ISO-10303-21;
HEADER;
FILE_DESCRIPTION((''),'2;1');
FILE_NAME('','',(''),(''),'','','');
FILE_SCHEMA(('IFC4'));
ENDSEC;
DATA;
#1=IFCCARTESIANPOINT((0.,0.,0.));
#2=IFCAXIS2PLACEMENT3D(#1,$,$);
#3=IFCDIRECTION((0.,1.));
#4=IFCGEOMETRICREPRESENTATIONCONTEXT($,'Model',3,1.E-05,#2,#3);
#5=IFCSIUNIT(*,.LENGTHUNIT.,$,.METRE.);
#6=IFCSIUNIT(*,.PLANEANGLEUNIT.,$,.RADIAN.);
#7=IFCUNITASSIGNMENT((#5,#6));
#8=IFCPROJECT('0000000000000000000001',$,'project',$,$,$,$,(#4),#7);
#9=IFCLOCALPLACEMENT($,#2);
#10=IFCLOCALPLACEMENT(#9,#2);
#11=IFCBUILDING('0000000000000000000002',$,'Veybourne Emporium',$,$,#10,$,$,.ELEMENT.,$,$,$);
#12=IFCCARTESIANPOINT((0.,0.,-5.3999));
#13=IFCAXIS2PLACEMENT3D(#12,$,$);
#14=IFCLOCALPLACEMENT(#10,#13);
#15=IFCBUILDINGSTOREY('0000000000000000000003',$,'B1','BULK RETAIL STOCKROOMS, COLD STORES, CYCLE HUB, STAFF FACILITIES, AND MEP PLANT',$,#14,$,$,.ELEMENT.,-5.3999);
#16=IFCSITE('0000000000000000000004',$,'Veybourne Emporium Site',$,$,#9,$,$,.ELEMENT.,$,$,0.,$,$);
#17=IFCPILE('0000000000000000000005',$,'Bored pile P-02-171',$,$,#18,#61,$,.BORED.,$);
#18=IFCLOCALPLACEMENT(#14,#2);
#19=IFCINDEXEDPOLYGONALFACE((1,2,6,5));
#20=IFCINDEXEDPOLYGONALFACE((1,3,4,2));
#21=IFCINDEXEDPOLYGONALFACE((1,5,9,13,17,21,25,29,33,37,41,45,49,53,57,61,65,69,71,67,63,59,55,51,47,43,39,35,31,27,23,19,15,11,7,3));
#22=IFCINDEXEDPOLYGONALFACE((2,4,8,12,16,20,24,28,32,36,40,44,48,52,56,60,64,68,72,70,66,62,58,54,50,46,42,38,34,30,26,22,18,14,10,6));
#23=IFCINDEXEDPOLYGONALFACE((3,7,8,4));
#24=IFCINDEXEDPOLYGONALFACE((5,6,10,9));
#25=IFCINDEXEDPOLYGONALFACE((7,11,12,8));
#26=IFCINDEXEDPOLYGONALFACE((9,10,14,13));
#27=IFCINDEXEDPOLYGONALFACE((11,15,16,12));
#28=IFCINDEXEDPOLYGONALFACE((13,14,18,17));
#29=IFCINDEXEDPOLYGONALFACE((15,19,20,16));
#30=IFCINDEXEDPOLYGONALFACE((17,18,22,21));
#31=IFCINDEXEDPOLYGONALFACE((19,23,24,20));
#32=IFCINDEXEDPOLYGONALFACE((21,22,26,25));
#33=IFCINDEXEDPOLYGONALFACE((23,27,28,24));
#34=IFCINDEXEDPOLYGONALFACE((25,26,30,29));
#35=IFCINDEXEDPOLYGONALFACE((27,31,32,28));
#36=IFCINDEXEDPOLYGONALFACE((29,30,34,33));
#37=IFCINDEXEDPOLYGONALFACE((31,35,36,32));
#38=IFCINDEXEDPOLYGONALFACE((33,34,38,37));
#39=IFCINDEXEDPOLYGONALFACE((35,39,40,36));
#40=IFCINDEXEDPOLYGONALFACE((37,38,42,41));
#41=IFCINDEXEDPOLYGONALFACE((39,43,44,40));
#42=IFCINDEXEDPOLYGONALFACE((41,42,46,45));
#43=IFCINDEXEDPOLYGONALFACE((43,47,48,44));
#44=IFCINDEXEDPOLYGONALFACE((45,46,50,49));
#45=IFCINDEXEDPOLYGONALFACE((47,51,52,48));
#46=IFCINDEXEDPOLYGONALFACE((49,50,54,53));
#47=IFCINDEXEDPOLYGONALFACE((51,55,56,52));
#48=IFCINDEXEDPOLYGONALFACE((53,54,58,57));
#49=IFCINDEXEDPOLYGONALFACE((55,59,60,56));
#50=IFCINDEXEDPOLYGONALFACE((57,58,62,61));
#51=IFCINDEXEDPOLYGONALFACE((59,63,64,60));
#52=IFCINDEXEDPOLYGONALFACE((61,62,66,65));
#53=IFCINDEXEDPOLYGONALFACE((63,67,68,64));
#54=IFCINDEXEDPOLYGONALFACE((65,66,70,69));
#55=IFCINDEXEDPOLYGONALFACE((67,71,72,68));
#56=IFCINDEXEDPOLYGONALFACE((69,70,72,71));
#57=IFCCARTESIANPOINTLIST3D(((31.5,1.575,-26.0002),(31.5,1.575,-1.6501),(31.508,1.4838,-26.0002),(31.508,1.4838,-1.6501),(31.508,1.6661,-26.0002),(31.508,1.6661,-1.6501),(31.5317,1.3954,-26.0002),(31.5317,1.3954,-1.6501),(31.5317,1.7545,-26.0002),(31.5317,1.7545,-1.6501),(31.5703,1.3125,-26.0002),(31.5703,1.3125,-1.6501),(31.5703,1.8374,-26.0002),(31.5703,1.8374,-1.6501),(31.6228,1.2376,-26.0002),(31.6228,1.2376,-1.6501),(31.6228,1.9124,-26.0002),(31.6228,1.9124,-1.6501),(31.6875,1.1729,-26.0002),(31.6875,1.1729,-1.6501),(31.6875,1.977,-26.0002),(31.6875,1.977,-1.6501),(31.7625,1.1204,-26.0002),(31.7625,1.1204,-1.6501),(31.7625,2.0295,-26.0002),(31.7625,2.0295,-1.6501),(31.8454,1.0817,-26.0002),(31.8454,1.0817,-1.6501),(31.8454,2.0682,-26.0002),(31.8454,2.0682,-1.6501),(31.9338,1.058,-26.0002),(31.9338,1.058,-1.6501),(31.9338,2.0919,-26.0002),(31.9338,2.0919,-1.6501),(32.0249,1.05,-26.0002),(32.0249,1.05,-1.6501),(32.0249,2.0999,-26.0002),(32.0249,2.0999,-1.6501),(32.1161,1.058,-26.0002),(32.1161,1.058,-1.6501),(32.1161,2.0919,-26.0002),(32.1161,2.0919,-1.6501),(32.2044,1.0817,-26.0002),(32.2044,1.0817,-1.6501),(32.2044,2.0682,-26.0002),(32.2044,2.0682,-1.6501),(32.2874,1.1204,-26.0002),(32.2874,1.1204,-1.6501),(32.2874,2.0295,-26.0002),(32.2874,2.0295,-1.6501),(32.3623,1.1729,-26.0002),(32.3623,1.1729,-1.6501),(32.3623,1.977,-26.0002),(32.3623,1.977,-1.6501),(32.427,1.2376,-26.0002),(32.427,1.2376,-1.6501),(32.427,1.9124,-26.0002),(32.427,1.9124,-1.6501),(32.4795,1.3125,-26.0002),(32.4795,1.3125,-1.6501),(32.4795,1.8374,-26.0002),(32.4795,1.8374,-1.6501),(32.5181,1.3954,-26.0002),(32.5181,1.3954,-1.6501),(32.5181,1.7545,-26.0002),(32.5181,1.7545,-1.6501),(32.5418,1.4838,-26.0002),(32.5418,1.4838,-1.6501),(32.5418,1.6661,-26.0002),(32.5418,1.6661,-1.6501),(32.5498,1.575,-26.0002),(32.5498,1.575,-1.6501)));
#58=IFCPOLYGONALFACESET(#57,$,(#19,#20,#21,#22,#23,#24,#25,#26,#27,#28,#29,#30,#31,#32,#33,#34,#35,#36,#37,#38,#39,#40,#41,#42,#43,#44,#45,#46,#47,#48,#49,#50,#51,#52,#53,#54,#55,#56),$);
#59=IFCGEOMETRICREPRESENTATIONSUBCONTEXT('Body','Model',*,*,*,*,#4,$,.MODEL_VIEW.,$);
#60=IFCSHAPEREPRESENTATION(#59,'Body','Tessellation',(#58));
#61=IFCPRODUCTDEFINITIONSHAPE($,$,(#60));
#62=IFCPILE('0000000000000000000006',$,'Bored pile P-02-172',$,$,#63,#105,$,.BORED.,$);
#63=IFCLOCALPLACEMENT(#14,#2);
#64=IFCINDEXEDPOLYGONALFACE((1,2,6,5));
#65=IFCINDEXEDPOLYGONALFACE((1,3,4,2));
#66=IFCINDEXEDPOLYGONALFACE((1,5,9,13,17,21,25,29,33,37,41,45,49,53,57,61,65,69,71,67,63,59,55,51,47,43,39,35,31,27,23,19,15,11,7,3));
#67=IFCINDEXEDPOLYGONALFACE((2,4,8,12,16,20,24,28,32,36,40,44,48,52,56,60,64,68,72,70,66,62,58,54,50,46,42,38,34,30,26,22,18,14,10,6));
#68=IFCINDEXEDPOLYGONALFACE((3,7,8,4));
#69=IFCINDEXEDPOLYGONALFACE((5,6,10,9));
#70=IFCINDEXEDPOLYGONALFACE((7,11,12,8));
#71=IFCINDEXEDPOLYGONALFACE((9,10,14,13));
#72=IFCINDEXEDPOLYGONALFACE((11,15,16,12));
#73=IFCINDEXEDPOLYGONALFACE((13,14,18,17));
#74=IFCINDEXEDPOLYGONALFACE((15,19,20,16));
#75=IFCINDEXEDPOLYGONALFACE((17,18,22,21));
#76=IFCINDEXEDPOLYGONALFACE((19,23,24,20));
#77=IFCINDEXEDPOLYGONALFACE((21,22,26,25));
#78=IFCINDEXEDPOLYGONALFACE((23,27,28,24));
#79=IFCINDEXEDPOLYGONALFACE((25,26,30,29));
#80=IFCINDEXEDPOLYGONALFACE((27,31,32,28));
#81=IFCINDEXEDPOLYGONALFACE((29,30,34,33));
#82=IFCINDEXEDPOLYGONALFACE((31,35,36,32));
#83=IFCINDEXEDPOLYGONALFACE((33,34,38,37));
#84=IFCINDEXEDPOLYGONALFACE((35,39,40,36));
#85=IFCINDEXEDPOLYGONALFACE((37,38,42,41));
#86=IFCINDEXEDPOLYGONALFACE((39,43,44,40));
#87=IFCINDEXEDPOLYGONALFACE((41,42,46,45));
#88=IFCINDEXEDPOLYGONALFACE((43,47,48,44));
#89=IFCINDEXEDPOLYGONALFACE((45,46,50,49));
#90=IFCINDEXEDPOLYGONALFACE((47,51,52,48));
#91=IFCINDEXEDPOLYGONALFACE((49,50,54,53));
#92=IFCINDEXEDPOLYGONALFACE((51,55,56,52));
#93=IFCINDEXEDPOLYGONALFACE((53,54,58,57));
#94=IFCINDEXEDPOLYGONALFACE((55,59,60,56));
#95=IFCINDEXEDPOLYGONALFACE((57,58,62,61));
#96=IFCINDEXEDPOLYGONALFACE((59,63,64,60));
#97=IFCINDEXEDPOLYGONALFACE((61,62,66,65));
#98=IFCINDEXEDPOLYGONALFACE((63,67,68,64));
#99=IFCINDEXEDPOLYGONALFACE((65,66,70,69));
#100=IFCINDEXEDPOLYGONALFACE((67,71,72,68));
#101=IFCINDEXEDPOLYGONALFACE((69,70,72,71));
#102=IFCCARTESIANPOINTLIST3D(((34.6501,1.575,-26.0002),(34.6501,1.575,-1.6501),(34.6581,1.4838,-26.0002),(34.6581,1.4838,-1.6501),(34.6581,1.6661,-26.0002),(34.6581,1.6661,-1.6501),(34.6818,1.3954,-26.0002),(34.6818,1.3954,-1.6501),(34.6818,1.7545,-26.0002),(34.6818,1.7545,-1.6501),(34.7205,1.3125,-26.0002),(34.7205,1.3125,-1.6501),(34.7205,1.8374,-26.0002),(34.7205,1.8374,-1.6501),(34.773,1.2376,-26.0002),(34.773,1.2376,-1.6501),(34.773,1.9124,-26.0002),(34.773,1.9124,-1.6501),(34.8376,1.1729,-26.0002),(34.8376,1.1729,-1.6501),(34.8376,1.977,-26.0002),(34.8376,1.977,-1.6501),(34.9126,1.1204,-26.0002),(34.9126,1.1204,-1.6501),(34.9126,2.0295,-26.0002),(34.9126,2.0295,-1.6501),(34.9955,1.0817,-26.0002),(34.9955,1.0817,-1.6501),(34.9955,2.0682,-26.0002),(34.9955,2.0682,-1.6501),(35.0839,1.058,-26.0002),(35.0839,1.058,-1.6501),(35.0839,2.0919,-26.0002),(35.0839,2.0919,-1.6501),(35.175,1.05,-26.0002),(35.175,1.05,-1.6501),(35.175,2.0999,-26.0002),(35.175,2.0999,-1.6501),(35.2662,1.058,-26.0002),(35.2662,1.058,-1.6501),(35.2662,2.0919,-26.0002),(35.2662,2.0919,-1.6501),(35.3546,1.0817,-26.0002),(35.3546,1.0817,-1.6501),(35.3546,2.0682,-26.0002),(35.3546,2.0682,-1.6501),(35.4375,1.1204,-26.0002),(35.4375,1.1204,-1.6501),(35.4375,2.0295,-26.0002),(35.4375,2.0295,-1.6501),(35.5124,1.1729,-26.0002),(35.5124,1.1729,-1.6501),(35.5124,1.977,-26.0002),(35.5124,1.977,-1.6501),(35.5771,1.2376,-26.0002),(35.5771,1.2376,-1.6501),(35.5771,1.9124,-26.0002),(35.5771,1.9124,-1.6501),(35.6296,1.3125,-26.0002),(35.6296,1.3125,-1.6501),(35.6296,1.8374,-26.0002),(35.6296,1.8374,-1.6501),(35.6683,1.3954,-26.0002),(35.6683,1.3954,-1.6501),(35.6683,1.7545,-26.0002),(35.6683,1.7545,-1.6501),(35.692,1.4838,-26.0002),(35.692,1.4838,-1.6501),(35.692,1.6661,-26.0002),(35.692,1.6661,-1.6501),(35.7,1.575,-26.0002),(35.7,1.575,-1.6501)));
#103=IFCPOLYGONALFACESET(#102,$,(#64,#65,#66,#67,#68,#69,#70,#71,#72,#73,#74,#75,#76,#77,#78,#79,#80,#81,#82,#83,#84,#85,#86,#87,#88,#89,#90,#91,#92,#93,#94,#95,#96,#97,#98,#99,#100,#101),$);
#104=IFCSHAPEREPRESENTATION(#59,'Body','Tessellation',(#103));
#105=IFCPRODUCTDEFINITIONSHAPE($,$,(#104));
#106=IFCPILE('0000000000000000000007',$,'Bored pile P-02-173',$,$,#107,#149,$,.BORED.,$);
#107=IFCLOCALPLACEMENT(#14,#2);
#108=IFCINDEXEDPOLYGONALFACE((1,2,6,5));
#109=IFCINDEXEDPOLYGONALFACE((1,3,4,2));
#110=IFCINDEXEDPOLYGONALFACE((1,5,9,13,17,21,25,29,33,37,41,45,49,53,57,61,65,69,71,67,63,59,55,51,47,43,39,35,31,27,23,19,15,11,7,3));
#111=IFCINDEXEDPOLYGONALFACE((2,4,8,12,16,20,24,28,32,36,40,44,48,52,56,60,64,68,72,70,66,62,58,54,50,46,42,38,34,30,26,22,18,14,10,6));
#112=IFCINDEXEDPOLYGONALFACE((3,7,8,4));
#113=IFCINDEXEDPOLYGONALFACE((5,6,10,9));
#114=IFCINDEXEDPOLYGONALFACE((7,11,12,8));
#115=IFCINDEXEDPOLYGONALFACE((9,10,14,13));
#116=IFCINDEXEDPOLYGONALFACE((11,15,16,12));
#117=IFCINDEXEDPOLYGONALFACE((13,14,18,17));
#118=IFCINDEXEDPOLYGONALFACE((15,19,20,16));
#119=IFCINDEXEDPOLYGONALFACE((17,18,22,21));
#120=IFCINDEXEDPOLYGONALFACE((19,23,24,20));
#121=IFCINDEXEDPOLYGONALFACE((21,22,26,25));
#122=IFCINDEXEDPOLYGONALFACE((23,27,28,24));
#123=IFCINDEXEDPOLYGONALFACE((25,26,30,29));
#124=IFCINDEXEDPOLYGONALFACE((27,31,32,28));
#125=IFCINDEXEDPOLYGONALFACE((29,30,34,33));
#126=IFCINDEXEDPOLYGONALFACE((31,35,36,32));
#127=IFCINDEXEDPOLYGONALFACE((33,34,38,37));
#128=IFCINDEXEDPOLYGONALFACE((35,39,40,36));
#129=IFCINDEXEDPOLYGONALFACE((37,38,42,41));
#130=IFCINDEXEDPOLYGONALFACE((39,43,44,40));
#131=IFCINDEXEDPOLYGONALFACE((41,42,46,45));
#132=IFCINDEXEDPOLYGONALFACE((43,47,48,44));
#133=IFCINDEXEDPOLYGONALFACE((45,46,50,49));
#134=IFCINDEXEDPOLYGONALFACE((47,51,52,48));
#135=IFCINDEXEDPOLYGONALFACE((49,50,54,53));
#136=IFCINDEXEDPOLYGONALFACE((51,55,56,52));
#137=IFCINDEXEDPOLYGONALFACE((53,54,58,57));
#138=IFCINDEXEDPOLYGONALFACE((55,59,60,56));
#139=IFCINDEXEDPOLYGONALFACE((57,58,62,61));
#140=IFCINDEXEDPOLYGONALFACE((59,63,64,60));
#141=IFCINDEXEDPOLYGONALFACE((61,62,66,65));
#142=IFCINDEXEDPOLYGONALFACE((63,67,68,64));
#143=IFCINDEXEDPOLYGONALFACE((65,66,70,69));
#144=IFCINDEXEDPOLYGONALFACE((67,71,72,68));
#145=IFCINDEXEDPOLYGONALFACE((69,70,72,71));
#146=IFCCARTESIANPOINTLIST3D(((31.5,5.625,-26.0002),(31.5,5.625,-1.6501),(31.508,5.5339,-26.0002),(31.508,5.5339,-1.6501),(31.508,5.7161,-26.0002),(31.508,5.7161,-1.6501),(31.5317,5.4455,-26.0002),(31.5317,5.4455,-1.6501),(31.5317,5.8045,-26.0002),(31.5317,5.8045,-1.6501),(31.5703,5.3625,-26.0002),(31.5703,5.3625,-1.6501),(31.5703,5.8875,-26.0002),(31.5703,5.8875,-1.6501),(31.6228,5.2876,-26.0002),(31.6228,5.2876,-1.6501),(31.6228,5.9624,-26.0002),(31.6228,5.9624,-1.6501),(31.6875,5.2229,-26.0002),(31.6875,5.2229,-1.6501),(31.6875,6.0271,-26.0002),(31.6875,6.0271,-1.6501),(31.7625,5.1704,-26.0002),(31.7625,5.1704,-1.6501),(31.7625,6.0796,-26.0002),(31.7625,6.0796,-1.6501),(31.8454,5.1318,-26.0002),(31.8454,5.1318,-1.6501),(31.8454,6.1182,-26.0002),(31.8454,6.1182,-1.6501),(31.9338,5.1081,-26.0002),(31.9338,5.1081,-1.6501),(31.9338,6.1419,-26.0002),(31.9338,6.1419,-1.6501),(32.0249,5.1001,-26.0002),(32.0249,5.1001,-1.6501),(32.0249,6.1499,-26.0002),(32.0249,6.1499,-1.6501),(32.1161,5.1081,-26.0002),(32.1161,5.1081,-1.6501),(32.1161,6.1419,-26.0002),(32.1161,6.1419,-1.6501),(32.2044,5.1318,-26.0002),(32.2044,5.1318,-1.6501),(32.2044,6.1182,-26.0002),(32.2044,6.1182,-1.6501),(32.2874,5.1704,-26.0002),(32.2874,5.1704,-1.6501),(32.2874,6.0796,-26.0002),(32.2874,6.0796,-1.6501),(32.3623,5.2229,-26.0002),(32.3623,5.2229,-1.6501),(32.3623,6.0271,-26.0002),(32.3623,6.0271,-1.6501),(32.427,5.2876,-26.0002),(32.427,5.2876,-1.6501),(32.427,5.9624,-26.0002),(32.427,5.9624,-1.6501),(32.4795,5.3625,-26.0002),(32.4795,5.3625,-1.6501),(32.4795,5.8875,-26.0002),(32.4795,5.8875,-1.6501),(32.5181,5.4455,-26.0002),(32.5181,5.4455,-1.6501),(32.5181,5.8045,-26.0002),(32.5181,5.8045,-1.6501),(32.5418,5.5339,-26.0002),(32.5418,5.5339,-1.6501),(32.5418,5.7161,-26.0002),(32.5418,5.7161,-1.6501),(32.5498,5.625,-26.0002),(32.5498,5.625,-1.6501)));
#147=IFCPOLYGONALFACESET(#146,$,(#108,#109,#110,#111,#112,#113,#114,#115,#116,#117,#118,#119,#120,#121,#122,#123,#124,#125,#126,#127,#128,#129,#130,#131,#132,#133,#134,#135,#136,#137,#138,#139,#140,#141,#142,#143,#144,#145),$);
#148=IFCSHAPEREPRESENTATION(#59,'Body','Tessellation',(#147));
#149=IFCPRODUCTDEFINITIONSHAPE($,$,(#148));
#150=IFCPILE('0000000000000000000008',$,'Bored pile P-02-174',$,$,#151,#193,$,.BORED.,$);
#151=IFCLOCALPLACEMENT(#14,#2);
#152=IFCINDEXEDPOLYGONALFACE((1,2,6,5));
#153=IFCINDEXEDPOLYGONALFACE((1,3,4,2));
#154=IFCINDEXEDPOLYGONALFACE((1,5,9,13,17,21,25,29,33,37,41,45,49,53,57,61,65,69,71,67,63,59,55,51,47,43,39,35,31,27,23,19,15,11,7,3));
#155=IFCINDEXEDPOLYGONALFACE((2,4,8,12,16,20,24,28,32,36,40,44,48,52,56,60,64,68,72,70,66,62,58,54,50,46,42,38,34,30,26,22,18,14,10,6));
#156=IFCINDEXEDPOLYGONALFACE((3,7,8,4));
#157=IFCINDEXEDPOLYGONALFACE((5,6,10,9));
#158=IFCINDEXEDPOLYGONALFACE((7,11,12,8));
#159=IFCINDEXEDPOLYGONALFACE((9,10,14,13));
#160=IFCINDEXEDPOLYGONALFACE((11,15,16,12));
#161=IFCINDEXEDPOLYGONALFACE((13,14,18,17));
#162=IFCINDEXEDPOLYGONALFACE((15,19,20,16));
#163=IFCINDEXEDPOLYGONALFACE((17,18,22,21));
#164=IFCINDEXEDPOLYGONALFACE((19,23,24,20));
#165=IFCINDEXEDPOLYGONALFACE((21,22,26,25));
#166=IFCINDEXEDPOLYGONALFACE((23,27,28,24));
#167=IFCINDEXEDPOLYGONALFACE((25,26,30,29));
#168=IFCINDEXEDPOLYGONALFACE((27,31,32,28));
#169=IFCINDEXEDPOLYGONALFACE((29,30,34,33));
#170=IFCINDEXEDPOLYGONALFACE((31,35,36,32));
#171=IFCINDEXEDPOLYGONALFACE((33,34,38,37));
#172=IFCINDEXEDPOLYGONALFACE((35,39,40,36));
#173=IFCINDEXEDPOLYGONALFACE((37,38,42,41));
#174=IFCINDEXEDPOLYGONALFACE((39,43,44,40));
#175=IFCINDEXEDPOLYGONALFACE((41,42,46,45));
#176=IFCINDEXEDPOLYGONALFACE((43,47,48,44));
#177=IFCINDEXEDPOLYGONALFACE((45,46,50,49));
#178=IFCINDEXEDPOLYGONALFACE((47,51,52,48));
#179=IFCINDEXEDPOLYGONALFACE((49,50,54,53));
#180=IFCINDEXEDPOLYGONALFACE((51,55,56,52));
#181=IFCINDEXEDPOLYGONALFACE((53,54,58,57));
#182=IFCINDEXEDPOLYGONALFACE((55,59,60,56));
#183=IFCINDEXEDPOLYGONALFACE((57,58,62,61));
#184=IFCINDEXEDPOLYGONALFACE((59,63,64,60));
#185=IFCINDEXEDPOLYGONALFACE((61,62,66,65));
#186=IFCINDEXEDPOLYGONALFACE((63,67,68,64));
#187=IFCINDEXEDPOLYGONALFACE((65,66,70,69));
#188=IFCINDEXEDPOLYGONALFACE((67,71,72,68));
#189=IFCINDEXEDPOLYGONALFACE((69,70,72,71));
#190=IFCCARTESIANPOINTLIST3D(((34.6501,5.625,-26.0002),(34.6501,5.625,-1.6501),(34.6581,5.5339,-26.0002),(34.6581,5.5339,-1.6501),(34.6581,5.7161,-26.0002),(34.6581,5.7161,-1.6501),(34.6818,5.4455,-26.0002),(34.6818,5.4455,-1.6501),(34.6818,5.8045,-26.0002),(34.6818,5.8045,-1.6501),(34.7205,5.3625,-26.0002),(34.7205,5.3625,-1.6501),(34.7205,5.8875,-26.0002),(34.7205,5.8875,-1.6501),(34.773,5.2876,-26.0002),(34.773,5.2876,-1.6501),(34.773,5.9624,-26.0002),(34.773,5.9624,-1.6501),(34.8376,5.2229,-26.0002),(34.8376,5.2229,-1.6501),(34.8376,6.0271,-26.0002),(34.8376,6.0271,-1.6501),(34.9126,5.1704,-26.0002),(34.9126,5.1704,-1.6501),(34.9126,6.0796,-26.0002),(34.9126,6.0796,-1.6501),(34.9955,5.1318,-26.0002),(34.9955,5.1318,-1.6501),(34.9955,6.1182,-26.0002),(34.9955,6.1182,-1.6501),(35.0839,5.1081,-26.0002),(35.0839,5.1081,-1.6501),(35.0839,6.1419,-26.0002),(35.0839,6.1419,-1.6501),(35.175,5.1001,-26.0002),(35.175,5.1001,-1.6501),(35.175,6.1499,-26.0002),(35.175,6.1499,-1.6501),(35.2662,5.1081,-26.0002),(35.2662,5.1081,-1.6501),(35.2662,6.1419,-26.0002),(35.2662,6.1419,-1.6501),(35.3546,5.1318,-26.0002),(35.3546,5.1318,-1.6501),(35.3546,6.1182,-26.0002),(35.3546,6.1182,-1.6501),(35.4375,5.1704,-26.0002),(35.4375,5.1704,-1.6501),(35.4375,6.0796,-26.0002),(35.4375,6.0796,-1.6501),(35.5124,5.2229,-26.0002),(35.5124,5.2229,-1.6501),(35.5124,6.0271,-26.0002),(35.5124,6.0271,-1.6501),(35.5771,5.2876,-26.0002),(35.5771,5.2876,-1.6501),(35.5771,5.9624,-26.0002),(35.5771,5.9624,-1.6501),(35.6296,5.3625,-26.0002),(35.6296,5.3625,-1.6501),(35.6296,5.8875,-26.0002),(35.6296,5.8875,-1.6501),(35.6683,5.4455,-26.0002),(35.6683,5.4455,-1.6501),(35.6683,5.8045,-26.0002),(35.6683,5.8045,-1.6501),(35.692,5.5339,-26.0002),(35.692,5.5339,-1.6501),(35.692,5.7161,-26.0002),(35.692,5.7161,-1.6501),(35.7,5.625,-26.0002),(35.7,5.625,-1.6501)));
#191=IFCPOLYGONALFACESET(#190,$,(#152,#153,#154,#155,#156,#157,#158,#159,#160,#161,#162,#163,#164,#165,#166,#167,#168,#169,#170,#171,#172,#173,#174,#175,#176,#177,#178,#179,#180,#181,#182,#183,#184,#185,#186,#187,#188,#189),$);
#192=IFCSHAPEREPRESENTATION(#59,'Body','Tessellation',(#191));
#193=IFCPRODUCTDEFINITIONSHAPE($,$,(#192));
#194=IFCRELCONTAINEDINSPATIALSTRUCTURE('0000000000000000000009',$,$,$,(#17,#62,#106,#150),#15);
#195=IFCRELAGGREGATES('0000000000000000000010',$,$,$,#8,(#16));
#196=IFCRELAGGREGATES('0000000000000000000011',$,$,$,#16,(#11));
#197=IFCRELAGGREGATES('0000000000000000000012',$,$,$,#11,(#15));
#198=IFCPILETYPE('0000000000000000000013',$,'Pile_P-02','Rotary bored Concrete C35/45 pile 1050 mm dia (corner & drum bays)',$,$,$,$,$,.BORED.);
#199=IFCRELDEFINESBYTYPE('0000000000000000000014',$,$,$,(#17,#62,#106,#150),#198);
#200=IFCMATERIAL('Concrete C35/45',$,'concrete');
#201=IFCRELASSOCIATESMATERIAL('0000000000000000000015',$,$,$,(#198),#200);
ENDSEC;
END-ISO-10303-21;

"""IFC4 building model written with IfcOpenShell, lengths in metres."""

from ifc_helpers import new_model, si_unit, direction, frame, origin, origin_2d, place, context, subcontext, project, spatial, circle, extrude, material, material_profile, profile_set, type_object, element, save


model = new_model("IFC4")

# Units and contexts
model_context = context("Model", 3, precision=1e-05, world=origin(), true_north=direction((0.0, 1.0)))
body_context = subcontext(model_context, "Body", "Model", "MODEL_VIEW")
ifc_project = project(units=[si_unit("LENGTHUNIT", "METRE"), si_unit("PLANEANGLEUNIT", "RADIAN")], contexts=[model_context])

# Site, building, storey
site_placement = place(None, origin())
site = spatial("IfcSite", under=ifc_project, at=site_placement, Name="Veybourne Emporium Site", CompositionType="ELEMENT", RefElevation=0.0)
building_placement = place(site_placement, origin())
building = spatial("IfcBuilding", under=site, at=building_placement, Name="Veybourne Emporium", CompositionType="ELEMENT")
storey_placement = place(building_placement, frame((0.0, 0.0, -5.3999)))
storey = spatial("IfcBuildingStorey", under=building, at=storey_placement, Name="B1", Description="BULK RETAIL STOCKROOMS, COLD STORES, CYCLE HUB, STAFF FACILITIES, AND MEP PLANT", CompositionType="ELEMENT", Elevation=-5.3999)

# Shared definitions
ifc_material_1 = material(Name="Concrete C35/45", Category="concrete")

# Piles
ifc_material_profile_1 = material_profile(ifc_material_1, circle(Radius=0.5249, at=origin_2d()), Name="BORED PILE 1050")
ifc_profile_set_1 = profile_set([ifc_material_profile_1], Name="Concrete C35/45")
pile_type = type_object("IfcPileType", Name="Pile_P-02", Description="Rotary bored Concrete C35/45 pile 1050 mm dia (corner & drum bays)", PredefinedType="BORED", material=ifc_profile_set_1)
for number, where, z_axis, x_axis, name in (
    (1, (32.0249, 1.575, -1.6501), (0.0, 0.0, -1.0), (1.0, 0.0, 0.0), "Bored pile P-02-171"),
    (2, (35.175, 1.575, -1.6501), (0.0, 0.0, -1.0), (1.0, 0.0, 0.0), "Bored pile P-02-172"),
    (3, (32.0249, 5.625, -1.6501), (0.0, 0.0, -1.0), (1.0, 0.0, 0.0), "Bored pile P-02-173"),
    (4, (35.175, 5.625, -1.6501), (0.0, 0.0, -1.0), (1.0, 0.0, 0.0), "Bored pile P-02-174"),
):
    element("IfcPile", number, at=place(storey_placement, frame(where, z_axis=z_axis, x_axis=x_axis)), inside=storey, type_object=pile_type, Name=name, PredefinedType="BORED", context=body_context, shape_type="SweptSolid", body=[
        extrude(circle(Radius=0.5249, at=origin_2d()), origin(), (0.0, 0.0, 1.0), 24.3501),
    ])

save(model, "model.ifc")
